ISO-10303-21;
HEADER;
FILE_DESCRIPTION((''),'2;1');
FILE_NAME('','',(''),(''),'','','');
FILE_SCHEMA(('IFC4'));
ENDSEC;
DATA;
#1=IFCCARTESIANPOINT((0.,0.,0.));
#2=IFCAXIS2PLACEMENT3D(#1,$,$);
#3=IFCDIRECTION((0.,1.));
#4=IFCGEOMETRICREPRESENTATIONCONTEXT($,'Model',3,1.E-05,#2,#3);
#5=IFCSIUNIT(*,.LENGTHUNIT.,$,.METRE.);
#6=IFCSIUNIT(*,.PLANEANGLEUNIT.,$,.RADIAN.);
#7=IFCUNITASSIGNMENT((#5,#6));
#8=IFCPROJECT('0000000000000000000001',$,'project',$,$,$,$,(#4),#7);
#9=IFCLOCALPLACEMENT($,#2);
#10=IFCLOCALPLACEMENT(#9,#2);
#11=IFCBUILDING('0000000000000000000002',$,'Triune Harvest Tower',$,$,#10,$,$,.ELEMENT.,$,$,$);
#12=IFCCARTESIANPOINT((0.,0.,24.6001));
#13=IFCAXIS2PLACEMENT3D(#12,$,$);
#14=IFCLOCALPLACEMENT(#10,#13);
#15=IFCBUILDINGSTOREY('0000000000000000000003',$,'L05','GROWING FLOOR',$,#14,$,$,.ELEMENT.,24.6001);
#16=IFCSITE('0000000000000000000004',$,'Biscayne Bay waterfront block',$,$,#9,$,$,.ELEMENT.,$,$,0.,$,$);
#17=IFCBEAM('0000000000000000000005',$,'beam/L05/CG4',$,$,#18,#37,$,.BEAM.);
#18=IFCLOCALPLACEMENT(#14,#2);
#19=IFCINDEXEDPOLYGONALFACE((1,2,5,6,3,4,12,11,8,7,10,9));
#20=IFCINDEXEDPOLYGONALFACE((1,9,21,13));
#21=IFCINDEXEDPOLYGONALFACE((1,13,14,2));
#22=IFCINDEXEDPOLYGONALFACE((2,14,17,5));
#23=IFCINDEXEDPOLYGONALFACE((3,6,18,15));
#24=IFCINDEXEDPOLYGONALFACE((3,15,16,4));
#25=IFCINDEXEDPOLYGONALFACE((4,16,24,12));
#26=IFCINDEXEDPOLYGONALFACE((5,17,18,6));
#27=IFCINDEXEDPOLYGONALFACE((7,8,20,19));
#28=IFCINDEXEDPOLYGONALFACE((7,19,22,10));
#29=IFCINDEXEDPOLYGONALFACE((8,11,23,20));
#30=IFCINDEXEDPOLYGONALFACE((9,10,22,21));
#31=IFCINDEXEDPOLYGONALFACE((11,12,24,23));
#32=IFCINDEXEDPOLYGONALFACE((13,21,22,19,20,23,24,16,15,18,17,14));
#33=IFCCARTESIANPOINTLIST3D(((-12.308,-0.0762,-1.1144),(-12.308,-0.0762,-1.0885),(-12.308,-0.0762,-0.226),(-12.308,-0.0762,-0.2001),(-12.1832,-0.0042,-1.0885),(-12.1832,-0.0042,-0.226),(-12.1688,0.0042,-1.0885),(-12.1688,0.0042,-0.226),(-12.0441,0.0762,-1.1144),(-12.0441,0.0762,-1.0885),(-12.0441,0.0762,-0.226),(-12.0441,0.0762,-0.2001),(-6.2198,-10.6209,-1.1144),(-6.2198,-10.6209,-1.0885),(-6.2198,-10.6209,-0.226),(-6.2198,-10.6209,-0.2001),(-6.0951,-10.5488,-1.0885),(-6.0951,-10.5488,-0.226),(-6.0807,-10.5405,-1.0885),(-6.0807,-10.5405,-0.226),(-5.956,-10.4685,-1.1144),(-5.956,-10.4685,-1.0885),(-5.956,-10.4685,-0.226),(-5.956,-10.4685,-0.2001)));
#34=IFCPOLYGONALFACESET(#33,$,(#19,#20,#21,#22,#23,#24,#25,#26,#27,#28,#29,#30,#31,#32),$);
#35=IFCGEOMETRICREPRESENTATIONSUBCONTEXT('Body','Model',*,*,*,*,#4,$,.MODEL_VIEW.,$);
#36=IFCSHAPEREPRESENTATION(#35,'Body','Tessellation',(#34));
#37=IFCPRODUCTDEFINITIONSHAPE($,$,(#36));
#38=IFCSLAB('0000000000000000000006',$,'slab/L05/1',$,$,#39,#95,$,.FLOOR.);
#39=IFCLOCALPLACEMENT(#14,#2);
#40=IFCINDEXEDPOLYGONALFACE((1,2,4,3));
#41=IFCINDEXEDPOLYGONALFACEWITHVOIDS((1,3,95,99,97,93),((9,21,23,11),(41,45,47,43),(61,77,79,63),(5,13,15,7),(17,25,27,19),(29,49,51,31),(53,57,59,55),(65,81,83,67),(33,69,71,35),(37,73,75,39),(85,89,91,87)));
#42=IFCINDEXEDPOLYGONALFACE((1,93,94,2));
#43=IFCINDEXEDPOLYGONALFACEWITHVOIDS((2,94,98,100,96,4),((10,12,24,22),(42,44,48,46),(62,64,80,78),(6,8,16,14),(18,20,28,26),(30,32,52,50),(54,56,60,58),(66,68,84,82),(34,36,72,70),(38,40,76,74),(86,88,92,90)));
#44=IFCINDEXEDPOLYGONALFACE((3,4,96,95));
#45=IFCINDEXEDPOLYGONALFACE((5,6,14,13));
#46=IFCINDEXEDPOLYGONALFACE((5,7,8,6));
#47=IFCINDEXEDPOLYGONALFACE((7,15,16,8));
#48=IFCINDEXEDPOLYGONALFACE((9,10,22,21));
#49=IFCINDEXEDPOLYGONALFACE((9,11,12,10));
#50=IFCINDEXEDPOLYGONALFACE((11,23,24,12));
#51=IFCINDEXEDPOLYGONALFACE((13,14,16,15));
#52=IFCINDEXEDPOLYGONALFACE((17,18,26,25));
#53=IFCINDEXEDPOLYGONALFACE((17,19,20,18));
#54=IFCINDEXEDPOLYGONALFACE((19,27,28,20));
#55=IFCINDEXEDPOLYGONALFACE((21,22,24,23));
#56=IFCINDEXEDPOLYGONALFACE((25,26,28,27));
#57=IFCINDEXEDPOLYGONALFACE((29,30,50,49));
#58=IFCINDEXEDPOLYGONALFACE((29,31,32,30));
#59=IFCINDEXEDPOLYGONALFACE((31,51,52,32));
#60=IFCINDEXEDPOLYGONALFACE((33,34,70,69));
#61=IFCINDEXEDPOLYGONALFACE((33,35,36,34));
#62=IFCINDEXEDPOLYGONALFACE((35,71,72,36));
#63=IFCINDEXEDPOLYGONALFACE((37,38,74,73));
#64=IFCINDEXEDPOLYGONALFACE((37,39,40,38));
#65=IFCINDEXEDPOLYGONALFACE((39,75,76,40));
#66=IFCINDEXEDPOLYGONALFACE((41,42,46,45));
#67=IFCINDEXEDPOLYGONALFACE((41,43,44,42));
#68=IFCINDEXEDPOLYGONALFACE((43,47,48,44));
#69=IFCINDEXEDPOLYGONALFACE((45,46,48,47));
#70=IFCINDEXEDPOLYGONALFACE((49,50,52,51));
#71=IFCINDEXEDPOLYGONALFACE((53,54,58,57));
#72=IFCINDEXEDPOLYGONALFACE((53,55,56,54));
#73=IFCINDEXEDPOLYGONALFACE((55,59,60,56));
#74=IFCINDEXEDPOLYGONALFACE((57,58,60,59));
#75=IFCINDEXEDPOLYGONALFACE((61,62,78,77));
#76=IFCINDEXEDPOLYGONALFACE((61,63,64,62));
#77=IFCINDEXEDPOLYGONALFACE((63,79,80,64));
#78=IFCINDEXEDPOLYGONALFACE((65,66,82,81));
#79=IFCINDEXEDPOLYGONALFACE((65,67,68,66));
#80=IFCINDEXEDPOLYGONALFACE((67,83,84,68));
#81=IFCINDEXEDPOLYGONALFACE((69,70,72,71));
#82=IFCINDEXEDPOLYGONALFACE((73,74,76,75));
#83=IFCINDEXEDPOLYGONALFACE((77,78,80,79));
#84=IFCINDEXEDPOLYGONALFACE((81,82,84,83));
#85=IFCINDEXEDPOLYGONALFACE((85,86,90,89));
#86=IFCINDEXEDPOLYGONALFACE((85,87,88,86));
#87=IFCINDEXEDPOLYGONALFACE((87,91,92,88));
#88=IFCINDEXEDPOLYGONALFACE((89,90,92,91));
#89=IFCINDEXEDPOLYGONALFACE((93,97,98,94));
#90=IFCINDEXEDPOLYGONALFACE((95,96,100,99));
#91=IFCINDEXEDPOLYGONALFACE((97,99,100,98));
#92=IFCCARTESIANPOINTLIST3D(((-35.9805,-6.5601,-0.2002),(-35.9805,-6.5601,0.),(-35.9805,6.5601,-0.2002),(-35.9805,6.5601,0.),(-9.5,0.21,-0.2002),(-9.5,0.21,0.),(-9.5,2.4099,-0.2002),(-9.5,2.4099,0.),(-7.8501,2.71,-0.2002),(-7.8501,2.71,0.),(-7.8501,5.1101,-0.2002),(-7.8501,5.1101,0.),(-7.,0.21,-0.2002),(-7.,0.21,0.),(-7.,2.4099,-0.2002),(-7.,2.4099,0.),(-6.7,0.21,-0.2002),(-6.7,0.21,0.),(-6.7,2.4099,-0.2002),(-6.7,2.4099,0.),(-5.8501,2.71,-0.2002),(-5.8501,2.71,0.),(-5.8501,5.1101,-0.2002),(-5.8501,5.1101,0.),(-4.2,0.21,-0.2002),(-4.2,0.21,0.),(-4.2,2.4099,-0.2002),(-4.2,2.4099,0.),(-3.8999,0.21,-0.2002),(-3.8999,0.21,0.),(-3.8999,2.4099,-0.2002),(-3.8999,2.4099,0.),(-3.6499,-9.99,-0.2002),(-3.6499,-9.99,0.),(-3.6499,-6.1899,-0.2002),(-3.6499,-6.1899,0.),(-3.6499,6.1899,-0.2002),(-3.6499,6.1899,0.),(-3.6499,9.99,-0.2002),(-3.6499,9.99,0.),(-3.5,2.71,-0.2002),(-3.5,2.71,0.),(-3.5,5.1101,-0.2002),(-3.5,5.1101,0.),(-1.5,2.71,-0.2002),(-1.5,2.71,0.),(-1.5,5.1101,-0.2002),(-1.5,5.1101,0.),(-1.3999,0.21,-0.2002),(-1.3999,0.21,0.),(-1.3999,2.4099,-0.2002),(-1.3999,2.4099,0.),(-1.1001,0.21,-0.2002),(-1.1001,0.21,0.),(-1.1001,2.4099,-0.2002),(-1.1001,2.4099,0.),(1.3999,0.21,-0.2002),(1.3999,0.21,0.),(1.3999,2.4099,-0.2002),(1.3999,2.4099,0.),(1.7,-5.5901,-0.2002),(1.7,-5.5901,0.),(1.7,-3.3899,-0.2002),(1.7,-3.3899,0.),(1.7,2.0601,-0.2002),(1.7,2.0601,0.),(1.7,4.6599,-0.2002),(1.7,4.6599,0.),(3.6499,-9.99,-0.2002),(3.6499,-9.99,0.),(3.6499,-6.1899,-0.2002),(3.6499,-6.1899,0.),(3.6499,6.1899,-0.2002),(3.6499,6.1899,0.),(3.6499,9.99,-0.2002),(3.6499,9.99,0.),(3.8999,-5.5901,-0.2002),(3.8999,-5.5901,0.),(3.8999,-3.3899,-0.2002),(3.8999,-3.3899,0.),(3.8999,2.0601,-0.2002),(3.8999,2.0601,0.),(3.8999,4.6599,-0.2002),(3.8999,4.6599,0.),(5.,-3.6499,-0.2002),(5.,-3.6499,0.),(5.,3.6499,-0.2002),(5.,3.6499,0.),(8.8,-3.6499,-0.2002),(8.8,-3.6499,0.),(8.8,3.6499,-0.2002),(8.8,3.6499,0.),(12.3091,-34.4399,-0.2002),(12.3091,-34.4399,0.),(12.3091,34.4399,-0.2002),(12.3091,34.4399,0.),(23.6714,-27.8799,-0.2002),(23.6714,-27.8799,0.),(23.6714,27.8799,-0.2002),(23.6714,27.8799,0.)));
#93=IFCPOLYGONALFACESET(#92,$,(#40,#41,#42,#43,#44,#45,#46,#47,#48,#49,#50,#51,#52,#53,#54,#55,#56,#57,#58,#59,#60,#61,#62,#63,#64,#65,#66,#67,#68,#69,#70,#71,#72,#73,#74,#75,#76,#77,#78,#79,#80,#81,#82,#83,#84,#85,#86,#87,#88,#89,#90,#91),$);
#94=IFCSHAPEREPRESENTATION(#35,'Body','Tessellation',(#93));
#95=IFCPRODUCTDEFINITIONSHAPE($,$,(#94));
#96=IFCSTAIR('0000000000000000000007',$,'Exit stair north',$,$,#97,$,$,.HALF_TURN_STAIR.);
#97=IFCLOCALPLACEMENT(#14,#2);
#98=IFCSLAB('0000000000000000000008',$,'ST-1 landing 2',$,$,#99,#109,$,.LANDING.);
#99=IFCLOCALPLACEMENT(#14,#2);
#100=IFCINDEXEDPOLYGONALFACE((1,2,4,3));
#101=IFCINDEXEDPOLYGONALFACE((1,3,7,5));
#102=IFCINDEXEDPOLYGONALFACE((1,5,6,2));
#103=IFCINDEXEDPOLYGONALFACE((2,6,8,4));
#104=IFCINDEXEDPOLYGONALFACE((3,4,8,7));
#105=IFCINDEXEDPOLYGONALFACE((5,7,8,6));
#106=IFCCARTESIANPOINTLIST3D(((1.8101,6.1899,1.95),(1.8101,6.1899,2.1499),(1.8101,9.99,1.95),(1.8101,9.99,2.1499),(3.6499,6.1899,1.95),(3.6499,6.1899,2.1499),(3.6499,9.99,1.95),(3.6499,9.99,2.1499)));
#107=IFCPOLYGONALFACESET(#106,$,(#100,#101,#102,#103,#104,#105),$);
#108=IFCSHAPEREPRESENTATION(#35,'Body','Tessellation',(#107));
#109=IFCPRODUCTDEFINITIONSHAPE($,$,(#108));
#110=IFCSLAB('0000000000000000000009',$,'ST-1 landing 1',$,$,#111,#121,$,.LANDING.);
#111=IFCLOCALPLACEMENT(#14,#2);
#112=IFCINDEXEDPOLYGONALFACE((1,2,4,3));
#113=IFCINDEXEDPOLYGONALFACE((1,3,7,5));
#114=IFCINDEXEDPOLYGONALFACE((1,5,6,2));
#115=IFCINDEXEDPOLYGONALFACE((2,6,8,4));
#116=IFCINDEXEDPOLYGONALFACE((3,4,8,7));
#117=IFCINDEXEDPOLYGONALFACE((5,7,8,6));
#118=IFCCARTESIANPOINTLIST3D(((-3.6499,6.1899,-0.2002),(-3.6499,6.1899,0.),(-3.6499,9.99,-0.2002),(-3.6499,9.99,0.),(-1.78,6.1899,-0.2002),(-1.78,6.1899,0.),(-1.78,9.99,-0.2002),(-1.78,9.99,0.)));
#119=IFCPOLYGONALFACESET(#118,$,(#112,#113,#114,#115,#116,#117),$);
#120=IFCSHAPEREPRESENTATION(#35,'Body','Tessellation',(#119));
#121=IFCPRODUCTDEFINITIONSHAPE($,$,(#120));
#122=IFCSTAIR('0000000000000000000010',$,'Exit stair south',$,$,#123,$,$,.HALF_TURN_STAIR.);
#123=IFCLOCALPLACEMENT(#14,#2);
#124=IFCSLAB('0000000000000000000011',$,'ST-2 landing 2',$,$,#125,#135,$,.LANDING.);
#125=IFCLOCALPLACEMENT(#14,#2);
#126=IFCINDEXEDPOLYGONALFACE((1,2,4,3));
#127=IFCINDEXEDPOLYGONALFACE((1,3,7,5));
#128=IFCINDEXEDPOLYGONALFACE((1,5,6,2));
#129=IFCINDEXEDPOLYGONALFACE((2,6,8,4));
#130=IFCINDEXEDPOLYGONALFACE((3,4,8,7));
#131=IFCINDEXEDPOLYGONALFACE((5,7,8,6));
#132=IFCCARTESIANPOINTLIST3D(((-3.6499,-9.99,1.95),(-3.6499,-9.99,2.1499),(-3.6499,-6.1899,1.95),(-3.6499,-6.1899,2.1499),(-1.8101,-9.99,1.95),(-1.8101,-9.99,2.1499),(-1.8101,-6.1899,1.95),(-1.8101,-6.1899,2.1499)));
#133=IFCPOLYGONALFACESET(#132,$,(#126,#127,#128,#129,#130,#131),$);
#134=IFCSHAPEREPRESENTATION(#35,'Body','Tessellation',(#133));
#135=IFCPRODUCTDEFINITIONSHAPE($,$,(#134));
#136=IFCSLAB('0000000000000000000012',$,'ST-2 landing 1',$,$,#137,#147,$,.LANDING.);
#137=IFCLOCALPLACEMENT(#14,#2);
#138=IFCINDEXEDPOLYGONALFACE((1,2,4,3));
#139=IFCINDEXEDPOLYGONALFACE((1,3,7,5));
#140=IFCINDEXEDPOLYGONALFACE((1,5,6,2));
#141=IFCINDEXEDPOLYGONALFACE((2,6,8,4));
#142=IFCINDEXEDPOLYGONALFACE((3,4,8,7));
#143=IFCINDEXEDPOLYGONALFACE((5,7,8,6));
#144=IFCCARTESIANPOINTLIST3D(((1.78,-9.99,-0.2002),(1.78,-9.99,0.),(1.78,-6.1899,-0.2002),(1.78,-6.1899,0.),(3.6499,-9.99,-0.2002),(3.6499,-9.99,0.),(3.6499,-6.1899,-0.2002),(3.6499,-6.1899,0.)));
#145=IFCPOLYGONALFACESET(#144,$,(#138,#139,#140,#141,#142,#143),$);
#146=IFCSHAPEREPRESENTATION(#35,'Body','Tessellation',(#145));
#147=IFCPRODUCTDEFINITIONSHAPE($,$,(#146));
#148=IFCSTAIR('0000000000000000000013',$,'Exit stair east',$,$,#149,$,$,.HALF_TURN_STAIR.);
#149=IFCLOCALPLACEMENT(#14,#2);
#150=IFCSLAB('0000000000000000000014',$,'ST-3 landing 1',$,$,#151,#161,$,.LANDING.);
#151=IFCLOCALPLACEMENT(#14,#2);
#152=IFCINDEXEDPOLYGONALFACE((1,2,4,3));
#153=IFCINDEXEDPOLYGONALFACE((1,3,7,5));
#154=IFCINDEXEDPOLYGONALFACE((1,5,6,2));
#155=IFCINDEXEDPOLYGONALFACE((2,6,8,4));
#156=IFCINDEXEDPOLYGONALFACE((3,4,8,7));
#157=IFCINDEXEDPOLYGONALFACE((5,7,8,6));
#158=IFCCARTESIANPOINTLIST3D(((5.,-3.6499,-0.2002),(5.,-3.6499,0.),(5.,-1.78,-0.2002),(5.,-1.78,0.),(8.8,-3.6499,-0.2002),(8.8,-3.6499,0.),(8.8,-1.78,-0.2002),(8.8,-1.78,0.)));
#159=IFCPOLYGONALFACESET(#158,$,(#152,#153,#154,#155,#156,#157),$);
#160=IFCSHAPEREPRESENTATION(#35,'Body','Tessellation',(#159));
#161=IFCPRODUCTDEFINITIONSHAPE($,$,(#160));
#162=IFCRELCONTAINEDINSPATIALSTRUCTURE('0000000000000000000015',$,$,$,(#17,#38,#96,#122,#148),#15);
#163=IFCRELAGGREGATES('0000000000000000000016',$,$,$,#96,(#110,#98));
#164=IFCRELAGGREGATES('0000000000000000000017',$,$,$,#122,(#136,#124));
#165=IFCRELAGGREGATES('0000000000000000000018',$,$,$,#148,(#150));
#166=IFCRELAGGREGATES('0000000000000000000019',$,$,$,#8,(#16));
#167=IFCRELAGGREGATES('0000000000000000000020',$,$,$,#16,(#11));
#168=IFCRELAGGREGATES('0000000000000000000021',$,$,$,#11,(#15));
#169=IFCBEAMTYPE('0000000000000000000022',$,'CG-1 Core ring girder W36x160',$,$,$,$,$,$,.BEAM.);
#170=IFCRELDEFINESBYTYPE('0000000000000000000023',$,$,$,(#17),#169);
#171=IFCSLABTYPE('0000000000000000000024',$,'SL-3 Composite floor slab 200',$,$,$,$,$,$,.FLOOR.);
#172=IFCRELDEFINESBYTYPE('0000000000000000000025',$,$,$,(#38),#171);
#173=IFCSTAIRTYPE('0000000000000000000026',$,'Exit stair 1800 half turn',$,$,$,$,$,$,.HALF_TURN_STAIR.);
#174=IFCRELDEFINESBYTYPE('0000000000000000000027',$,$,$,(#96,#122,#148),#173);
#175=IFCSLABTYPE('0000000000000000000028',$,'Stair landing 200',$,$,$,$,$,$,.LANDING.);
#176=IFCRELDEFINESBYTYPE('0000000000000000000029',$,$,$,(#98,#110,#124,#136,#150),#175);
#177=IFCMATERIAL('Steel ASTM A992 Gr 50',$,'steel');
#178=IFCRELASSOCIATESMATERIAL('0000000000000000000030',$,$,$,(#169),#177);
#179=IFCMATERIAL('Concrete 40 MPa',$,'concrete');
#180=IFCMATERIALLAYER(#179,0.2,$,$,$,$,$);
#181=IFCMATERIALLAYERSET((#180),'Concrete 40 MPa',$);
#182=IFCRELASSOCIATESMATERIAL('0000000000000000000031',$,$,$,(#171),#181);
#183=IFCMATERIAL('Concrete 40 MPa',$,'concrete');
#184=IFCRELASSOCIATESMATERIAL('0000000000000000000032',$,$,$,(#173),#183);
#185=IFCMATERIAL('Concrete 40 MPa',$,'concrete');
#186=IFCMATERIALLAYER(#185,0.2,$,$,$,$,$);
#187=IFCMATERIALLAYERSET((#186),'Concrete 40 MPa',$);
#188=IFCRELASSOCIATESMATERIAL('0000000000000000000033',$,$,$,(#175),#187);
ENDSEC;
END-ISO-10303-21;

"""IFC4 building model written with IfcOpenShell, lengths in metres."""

from ifc_helpers import new_model, si_unit, direction, frame, origin, origin_2d, place, context, subcontext, project, spatial, polyline, i_section, outline, extrude, source, transform, mapped, material, layer, layer_set, material_profile, profile_set, type_object, element, aggregate, save


model = new_model("IFC4")

# Units and contexts
model_context = context("Model", 3, precision=1e-05, world=origin(), true_north=direction((0.0, 1.0)))
body_context = subcontext(model_context, "Body", "Model", "MODEL_VIEW")
ifc_project = project(units=[si_unit("LENGTHUNIT", "METRE"), si_unit("PLANEANGLEUNIT", "RADIAN")], contexts=[model_context])

# Site, building, storey
site_placement = place(None, origin())
site = spatial("IfcSite", under=ifc_project, at=site_placement, Name="Biscayne Bay waterfront block", CompositionType="ELEMENT", RefElevation=0.0)
building_placement = place(site_placement, origin())
building = spatial("IfcBuilding", under=site, at=building_placement, Name="Triune Harvest Tower", CompositionType="ELEMENT")
storey_placement = place(building_placement, frame((0.0, 0.0, 24.6001)))
storey = spatial("IfcBuildingStorey", under=building, at=storey_placement, Name="L05", Description="GROWING FLOOR", CompositionType="ELEMENT", Elevation=24.6001)

# Beam
ifc_material_1 = material(Name="Steel ASTM A992 Gr 50", Category="steel")
ifc_material_profile = material_profile(ifc_material_1, i_section(OverallWidth=0.3047, OverallDepth=0.9143, WebThickness=0.0166, FlangeThickness=0.0259, at=origin_2d()), Name="W36x160")
ifc_profile_set = profile_set([ifc_material_profile], Name="Steel ASTM A992 Gr 50")
beam_type = type_object("IfcBeamType", Name="CG-1 Core ring girder W36x160", PredefinedType="BEAM", material=ifc_profile_set)
shared_shape_1 = source(origin(), body_context, "Body", "SweptSolid", [
    extrude(i_section(OverallWidth=0.3047, OverallDepth=0.9143, WebThickness=0.0166, FlangeThickness=0.0259, at=origin_2d()), origin(), (0.0, 0.0, 1.0), 12.176),
])
beam_placement = place(storey_placement, frame((-12.176, 0.0, -0.6572), z_axis=(0.50001, -0.86602, 0.0), x_axis=(0.86602, 0.50001, 0.0)))
element("IfcBeam", 1, at=beam_placement, inside=storey, type_object=beam_type, Name="beam/L05/CG4", PredefinedType="BEAM", context=body_context, shape_type="MappedRepresentation", body=[
    mapped(shared_shape_1, transform((0.0, 0.0, 0.0), scale=1.0)),
])

# Slab
ifc_material_2 = material(Name="Concrete 40 MPa", Category="concrete")
ifc_layer_1 = layer(ifc_material_2, 0.2)
ifc_layer_set_1 = layer_set([ifc_layer_1], Name="Concrete 40 MPa")
slab_type_1 = type_object("IfcSlabType", Name="SL-3 Composite floor slab 200", PredefinedType="FLOOR", material=ifc_layer_set_1)
shared_shape_2 = source(origin(), body_context, "Body", "SweptSolid", [
    extrude(outline(polyline([(23.6714, -27.8799), (23.6714, 27.8799), (12.3091, 34.4399), (-35.9805, 6.5601), (-35.9805, -6.5601), (12.3091, -34.4399), (23.6714, -27.8799)]), holes=[polyline([(-7.0, 0.21), (-7.0, 2.4099), (-9.5, 2.4099), (-9.5, 0.21), (-7.0, 0.21)]), polyline([(-4.2, 0.21), (-4.2, 2.4099), (-6.7, 2.4099), (-6.7, 0.21), (-4.2, 0.21)]), polyline([(-1.3999, 0.21), (-1.3999, 2.4099), (-3.8999, 2.4099), (-3.8999, 0.21), (-1.3999, 0.21)]), polyline([(1.3999, 0.21), (1.3999, 2.4099), (-1.1001, 2.4099), (-1.1001, 0.21), (1.3999, 0.21)]), polyline([(3.8999, 2.0601), (3.8999, 4.6599), (1.7, 4.6599), (1.7, 2.0601), (3.8999, 2.0601)]), polyline([(3.8999, -5.5901), (3.8999, -3.3899), (1.7, -3.3899), (1.7, -5.5901), (3.8999, -5.5901)]), polyline([(-5.8501, 2.71), (-5.8501, 5.1101), (-7.8501, 5.1101), (-7.8501, 2.71), (-5.8501, 2.71)]), polyline([(-1.5, 2.71), (-1.5, 5.1101), (-3.5, 5.1101), (-3.5, 2.71), (-1.5, 2.71)]), polyline([(3.6499, 6.1899), (3.6499, 9.99), (-3.6499, 9.99), (-3.6499, 6.1899), (3.6499, 6.1899)]), polyline([(3.6499, -9.99), (3.6499, -6.1899), (-3.6499, -6.1899), (-3.6499, -9.99), (3.6499, -9.99)]), polyline([(8.8, -3.6499), (8.8, 3.6499), (5.0, 3.6499), (5.0, -3.6499), (8.8, -3.6499)])]), origin(), (0.0, 0.0, 1.0), 0.2002),
])
slab_1_placement = place(storey_placement, frame((0.0, 0.0, -0.2002)))
element("IfcSlab", 2, at=slab_1_placement, inside=storey, type_object=slab_type_1, Name="slab/L05/1", PredefinedType="FLOOR", context=body_context, shape_type="MappedRepresentation", body=[
    mapped(shared_shape_2, transform((0.0, 0.0, 0.0), scale=1.0)),
])

# Stairs, slabs
ifc_material_3 = material(Name="Concrete 40 MPa", Category="concrete")
stair_type = type_object("IfcStairType", Name="Exit stair 1800 half turn", PredefinedType="HALF_TURN_STAIR", material=ifc_material_3)
stair_1_placement = place(storey_placement, origin())
stair_1 = element("IfcStair", 3, at=stair_1_placement, inside=storey, type_object=stair_type, Name="Exit stair north", PredefinedType="HALF_TURN_STAIR")
ifc_material_4 = material(Name="Concrete 40 MPa", Category="concrete")
ifc_layer_2 = layer(ifc_material_4, 0.2)
ifc_layer_set_2 = layer_set([ifc_layer_2], Name="Concrete 40 MPa")
slab_type_2 = type_object("IfcSlabType", Name="Stair landing 200", PredefinedType="LANDING", material=ifc_layer_set_2)
shared_shape_3 = source(origin(), body_context, "Body", "SweptSolid", [
    extrude(outline(polyline([(1.8101, 6.1899), (3.6499, 6.1899), (3.6499, 9.99), (1.8101, 9.99), (1.8101, 6.1899)])), origin(), (0.0, 0.0, 1.0), 0.2),
])
slab_2_placement = place(storey_placement, frame((0.0, 0.0, 1.95)))
slab_2 = element("IfcSlab", 4, at=slab_2_placement, type_object=slab_type_2, Name="ST-1 landing 2", PredefinedType="LANDING", context=body_context, shape_type="MappedRepresentation", body=[
    mapped(shared_shape_3, transform((0.0, 0.0, 0.0), scale=1.0)),
])
shared_shape_4 = source(origin(), body_context, "Body", "SweptSolid", [
    extrude(outline(polyline([(-3.6499, 6.1899), (-1.78, 6.1899), (-1.78, 9.99), (-3.6499, 9.99), (-3.6499, 6.1899)])), origin(), (0.0, 0.0, 1.0), 0.2002),
])
slab_3_placement = place(storey_placement, frame((0.0, 0.0, -0.2002)))
slab_3 = element("IfcSlab", 5, at=slab_3_placement, type_object=slab_type_2, Name="ST-1 landing 1", PredefinedType="LANDING", context=body_context, shape_type="MappedRepresentation", body=[
    mapped(shared_shape_4, transform((0.0, 0.0, 0.0), scale=1.0)),
])
aggregate(stair_1, [slab_3, slab_2])
stair_2_placement = place(storey_placement, origin())
stair_2 = element("IfcStair", 6, at=stair_2_placement, inside=storey, type_object=stair_type, Name="Exit stair south", PredefinedType="HALF_TURN_STAIR")
shared_shape_5 = source(origin(), body_context, "Body", "SweptSolid", [
    extrude(outline(polyline([(-1.8101, -6.1899), (-3.6499, -6.1899), (-3.6499, -9.99), (-1.8101, -9.99), (-1.8101, -6.1899)])), origin(), (0.0, 0.0, 1.0), 0.2),
])
slab_4_placement = place(storey_placement, frame((0.0, 0.0, 1.95)))
slab_4 = element("IfcSlab", 7, at=slab_4_placement, type_object=slab_type_2, Name="ST-2 landing 2", PredefinedType="LANDING", context=body_context, shape_type="MappedRepresentation", body=[
    mapped(shared_shape_5, transform((0.0, 0.0, 0.0), scale=1.0)),
])
shared_shape_6 = source(origin(), body_context, "Body", "SweptSolid", [
    extrude(outline(polyline([(3.6499, -6.1899), (1.78, -6.1899), (1.78, -9.99), (3.6499, -9.99), (3.6499, -6.1899)])), origin(), (0.0, 0.0, 1.0), 0.2002),
])
slab_5_placement = place(storey_placement, frame((0.0, 0.0, -0.2002)))
slab_5 = element("IfcSlab", 8, at=slab_5_placement, type_object=slab_type_2, Name="ST-2 landing 1", PredefinedType="LANDING", context=body_context, shape_type="MappedRepresentation", body=[
    mapped(shared_shape_6, transform((0.0, 0.0, 0.0), scale=1.0)),
])
aggregate(stair_2, [slab_5, slab_4])

# Stair, slab
stair_3_placement = place(storey_placement, origin())
stair_3 = element("IfcStair", 9, at=stair_3_placement, inside=storey, type_object=stair_type, Name="Exit stair east", PredefinedType="HALF_TURN_STAIR")
shared_shape_7 = source(origin(), body_context, "Body", "SweptSolid", [
    extrude(outline(polyline([(8.8, -3.6499), (8.8, -1.78), (5.0, -1.78), (5.0, -3.6499), (8.8, -3.6499)])), origin(), (0.0, 0.0, 1.0), 0.2002),
])
slab_6_placement = place(storey_placement, frame((0.0, 0.0, -0.2002)))
slab_6 = element("IfcSlab", 10, at=slab_6_placement, type_object=slab_type_2, Name="ST-3 landing 1", PredefinedType="LANDING", context=body_context, shape_type="MappedRepresentation", body=[
    mapped(shared_shape_7, transform((0.0, 0.0, 0.0), scale=1.0)),
])
aggregate(stair_3, [slab_6])

save(model, "model.ifc")
